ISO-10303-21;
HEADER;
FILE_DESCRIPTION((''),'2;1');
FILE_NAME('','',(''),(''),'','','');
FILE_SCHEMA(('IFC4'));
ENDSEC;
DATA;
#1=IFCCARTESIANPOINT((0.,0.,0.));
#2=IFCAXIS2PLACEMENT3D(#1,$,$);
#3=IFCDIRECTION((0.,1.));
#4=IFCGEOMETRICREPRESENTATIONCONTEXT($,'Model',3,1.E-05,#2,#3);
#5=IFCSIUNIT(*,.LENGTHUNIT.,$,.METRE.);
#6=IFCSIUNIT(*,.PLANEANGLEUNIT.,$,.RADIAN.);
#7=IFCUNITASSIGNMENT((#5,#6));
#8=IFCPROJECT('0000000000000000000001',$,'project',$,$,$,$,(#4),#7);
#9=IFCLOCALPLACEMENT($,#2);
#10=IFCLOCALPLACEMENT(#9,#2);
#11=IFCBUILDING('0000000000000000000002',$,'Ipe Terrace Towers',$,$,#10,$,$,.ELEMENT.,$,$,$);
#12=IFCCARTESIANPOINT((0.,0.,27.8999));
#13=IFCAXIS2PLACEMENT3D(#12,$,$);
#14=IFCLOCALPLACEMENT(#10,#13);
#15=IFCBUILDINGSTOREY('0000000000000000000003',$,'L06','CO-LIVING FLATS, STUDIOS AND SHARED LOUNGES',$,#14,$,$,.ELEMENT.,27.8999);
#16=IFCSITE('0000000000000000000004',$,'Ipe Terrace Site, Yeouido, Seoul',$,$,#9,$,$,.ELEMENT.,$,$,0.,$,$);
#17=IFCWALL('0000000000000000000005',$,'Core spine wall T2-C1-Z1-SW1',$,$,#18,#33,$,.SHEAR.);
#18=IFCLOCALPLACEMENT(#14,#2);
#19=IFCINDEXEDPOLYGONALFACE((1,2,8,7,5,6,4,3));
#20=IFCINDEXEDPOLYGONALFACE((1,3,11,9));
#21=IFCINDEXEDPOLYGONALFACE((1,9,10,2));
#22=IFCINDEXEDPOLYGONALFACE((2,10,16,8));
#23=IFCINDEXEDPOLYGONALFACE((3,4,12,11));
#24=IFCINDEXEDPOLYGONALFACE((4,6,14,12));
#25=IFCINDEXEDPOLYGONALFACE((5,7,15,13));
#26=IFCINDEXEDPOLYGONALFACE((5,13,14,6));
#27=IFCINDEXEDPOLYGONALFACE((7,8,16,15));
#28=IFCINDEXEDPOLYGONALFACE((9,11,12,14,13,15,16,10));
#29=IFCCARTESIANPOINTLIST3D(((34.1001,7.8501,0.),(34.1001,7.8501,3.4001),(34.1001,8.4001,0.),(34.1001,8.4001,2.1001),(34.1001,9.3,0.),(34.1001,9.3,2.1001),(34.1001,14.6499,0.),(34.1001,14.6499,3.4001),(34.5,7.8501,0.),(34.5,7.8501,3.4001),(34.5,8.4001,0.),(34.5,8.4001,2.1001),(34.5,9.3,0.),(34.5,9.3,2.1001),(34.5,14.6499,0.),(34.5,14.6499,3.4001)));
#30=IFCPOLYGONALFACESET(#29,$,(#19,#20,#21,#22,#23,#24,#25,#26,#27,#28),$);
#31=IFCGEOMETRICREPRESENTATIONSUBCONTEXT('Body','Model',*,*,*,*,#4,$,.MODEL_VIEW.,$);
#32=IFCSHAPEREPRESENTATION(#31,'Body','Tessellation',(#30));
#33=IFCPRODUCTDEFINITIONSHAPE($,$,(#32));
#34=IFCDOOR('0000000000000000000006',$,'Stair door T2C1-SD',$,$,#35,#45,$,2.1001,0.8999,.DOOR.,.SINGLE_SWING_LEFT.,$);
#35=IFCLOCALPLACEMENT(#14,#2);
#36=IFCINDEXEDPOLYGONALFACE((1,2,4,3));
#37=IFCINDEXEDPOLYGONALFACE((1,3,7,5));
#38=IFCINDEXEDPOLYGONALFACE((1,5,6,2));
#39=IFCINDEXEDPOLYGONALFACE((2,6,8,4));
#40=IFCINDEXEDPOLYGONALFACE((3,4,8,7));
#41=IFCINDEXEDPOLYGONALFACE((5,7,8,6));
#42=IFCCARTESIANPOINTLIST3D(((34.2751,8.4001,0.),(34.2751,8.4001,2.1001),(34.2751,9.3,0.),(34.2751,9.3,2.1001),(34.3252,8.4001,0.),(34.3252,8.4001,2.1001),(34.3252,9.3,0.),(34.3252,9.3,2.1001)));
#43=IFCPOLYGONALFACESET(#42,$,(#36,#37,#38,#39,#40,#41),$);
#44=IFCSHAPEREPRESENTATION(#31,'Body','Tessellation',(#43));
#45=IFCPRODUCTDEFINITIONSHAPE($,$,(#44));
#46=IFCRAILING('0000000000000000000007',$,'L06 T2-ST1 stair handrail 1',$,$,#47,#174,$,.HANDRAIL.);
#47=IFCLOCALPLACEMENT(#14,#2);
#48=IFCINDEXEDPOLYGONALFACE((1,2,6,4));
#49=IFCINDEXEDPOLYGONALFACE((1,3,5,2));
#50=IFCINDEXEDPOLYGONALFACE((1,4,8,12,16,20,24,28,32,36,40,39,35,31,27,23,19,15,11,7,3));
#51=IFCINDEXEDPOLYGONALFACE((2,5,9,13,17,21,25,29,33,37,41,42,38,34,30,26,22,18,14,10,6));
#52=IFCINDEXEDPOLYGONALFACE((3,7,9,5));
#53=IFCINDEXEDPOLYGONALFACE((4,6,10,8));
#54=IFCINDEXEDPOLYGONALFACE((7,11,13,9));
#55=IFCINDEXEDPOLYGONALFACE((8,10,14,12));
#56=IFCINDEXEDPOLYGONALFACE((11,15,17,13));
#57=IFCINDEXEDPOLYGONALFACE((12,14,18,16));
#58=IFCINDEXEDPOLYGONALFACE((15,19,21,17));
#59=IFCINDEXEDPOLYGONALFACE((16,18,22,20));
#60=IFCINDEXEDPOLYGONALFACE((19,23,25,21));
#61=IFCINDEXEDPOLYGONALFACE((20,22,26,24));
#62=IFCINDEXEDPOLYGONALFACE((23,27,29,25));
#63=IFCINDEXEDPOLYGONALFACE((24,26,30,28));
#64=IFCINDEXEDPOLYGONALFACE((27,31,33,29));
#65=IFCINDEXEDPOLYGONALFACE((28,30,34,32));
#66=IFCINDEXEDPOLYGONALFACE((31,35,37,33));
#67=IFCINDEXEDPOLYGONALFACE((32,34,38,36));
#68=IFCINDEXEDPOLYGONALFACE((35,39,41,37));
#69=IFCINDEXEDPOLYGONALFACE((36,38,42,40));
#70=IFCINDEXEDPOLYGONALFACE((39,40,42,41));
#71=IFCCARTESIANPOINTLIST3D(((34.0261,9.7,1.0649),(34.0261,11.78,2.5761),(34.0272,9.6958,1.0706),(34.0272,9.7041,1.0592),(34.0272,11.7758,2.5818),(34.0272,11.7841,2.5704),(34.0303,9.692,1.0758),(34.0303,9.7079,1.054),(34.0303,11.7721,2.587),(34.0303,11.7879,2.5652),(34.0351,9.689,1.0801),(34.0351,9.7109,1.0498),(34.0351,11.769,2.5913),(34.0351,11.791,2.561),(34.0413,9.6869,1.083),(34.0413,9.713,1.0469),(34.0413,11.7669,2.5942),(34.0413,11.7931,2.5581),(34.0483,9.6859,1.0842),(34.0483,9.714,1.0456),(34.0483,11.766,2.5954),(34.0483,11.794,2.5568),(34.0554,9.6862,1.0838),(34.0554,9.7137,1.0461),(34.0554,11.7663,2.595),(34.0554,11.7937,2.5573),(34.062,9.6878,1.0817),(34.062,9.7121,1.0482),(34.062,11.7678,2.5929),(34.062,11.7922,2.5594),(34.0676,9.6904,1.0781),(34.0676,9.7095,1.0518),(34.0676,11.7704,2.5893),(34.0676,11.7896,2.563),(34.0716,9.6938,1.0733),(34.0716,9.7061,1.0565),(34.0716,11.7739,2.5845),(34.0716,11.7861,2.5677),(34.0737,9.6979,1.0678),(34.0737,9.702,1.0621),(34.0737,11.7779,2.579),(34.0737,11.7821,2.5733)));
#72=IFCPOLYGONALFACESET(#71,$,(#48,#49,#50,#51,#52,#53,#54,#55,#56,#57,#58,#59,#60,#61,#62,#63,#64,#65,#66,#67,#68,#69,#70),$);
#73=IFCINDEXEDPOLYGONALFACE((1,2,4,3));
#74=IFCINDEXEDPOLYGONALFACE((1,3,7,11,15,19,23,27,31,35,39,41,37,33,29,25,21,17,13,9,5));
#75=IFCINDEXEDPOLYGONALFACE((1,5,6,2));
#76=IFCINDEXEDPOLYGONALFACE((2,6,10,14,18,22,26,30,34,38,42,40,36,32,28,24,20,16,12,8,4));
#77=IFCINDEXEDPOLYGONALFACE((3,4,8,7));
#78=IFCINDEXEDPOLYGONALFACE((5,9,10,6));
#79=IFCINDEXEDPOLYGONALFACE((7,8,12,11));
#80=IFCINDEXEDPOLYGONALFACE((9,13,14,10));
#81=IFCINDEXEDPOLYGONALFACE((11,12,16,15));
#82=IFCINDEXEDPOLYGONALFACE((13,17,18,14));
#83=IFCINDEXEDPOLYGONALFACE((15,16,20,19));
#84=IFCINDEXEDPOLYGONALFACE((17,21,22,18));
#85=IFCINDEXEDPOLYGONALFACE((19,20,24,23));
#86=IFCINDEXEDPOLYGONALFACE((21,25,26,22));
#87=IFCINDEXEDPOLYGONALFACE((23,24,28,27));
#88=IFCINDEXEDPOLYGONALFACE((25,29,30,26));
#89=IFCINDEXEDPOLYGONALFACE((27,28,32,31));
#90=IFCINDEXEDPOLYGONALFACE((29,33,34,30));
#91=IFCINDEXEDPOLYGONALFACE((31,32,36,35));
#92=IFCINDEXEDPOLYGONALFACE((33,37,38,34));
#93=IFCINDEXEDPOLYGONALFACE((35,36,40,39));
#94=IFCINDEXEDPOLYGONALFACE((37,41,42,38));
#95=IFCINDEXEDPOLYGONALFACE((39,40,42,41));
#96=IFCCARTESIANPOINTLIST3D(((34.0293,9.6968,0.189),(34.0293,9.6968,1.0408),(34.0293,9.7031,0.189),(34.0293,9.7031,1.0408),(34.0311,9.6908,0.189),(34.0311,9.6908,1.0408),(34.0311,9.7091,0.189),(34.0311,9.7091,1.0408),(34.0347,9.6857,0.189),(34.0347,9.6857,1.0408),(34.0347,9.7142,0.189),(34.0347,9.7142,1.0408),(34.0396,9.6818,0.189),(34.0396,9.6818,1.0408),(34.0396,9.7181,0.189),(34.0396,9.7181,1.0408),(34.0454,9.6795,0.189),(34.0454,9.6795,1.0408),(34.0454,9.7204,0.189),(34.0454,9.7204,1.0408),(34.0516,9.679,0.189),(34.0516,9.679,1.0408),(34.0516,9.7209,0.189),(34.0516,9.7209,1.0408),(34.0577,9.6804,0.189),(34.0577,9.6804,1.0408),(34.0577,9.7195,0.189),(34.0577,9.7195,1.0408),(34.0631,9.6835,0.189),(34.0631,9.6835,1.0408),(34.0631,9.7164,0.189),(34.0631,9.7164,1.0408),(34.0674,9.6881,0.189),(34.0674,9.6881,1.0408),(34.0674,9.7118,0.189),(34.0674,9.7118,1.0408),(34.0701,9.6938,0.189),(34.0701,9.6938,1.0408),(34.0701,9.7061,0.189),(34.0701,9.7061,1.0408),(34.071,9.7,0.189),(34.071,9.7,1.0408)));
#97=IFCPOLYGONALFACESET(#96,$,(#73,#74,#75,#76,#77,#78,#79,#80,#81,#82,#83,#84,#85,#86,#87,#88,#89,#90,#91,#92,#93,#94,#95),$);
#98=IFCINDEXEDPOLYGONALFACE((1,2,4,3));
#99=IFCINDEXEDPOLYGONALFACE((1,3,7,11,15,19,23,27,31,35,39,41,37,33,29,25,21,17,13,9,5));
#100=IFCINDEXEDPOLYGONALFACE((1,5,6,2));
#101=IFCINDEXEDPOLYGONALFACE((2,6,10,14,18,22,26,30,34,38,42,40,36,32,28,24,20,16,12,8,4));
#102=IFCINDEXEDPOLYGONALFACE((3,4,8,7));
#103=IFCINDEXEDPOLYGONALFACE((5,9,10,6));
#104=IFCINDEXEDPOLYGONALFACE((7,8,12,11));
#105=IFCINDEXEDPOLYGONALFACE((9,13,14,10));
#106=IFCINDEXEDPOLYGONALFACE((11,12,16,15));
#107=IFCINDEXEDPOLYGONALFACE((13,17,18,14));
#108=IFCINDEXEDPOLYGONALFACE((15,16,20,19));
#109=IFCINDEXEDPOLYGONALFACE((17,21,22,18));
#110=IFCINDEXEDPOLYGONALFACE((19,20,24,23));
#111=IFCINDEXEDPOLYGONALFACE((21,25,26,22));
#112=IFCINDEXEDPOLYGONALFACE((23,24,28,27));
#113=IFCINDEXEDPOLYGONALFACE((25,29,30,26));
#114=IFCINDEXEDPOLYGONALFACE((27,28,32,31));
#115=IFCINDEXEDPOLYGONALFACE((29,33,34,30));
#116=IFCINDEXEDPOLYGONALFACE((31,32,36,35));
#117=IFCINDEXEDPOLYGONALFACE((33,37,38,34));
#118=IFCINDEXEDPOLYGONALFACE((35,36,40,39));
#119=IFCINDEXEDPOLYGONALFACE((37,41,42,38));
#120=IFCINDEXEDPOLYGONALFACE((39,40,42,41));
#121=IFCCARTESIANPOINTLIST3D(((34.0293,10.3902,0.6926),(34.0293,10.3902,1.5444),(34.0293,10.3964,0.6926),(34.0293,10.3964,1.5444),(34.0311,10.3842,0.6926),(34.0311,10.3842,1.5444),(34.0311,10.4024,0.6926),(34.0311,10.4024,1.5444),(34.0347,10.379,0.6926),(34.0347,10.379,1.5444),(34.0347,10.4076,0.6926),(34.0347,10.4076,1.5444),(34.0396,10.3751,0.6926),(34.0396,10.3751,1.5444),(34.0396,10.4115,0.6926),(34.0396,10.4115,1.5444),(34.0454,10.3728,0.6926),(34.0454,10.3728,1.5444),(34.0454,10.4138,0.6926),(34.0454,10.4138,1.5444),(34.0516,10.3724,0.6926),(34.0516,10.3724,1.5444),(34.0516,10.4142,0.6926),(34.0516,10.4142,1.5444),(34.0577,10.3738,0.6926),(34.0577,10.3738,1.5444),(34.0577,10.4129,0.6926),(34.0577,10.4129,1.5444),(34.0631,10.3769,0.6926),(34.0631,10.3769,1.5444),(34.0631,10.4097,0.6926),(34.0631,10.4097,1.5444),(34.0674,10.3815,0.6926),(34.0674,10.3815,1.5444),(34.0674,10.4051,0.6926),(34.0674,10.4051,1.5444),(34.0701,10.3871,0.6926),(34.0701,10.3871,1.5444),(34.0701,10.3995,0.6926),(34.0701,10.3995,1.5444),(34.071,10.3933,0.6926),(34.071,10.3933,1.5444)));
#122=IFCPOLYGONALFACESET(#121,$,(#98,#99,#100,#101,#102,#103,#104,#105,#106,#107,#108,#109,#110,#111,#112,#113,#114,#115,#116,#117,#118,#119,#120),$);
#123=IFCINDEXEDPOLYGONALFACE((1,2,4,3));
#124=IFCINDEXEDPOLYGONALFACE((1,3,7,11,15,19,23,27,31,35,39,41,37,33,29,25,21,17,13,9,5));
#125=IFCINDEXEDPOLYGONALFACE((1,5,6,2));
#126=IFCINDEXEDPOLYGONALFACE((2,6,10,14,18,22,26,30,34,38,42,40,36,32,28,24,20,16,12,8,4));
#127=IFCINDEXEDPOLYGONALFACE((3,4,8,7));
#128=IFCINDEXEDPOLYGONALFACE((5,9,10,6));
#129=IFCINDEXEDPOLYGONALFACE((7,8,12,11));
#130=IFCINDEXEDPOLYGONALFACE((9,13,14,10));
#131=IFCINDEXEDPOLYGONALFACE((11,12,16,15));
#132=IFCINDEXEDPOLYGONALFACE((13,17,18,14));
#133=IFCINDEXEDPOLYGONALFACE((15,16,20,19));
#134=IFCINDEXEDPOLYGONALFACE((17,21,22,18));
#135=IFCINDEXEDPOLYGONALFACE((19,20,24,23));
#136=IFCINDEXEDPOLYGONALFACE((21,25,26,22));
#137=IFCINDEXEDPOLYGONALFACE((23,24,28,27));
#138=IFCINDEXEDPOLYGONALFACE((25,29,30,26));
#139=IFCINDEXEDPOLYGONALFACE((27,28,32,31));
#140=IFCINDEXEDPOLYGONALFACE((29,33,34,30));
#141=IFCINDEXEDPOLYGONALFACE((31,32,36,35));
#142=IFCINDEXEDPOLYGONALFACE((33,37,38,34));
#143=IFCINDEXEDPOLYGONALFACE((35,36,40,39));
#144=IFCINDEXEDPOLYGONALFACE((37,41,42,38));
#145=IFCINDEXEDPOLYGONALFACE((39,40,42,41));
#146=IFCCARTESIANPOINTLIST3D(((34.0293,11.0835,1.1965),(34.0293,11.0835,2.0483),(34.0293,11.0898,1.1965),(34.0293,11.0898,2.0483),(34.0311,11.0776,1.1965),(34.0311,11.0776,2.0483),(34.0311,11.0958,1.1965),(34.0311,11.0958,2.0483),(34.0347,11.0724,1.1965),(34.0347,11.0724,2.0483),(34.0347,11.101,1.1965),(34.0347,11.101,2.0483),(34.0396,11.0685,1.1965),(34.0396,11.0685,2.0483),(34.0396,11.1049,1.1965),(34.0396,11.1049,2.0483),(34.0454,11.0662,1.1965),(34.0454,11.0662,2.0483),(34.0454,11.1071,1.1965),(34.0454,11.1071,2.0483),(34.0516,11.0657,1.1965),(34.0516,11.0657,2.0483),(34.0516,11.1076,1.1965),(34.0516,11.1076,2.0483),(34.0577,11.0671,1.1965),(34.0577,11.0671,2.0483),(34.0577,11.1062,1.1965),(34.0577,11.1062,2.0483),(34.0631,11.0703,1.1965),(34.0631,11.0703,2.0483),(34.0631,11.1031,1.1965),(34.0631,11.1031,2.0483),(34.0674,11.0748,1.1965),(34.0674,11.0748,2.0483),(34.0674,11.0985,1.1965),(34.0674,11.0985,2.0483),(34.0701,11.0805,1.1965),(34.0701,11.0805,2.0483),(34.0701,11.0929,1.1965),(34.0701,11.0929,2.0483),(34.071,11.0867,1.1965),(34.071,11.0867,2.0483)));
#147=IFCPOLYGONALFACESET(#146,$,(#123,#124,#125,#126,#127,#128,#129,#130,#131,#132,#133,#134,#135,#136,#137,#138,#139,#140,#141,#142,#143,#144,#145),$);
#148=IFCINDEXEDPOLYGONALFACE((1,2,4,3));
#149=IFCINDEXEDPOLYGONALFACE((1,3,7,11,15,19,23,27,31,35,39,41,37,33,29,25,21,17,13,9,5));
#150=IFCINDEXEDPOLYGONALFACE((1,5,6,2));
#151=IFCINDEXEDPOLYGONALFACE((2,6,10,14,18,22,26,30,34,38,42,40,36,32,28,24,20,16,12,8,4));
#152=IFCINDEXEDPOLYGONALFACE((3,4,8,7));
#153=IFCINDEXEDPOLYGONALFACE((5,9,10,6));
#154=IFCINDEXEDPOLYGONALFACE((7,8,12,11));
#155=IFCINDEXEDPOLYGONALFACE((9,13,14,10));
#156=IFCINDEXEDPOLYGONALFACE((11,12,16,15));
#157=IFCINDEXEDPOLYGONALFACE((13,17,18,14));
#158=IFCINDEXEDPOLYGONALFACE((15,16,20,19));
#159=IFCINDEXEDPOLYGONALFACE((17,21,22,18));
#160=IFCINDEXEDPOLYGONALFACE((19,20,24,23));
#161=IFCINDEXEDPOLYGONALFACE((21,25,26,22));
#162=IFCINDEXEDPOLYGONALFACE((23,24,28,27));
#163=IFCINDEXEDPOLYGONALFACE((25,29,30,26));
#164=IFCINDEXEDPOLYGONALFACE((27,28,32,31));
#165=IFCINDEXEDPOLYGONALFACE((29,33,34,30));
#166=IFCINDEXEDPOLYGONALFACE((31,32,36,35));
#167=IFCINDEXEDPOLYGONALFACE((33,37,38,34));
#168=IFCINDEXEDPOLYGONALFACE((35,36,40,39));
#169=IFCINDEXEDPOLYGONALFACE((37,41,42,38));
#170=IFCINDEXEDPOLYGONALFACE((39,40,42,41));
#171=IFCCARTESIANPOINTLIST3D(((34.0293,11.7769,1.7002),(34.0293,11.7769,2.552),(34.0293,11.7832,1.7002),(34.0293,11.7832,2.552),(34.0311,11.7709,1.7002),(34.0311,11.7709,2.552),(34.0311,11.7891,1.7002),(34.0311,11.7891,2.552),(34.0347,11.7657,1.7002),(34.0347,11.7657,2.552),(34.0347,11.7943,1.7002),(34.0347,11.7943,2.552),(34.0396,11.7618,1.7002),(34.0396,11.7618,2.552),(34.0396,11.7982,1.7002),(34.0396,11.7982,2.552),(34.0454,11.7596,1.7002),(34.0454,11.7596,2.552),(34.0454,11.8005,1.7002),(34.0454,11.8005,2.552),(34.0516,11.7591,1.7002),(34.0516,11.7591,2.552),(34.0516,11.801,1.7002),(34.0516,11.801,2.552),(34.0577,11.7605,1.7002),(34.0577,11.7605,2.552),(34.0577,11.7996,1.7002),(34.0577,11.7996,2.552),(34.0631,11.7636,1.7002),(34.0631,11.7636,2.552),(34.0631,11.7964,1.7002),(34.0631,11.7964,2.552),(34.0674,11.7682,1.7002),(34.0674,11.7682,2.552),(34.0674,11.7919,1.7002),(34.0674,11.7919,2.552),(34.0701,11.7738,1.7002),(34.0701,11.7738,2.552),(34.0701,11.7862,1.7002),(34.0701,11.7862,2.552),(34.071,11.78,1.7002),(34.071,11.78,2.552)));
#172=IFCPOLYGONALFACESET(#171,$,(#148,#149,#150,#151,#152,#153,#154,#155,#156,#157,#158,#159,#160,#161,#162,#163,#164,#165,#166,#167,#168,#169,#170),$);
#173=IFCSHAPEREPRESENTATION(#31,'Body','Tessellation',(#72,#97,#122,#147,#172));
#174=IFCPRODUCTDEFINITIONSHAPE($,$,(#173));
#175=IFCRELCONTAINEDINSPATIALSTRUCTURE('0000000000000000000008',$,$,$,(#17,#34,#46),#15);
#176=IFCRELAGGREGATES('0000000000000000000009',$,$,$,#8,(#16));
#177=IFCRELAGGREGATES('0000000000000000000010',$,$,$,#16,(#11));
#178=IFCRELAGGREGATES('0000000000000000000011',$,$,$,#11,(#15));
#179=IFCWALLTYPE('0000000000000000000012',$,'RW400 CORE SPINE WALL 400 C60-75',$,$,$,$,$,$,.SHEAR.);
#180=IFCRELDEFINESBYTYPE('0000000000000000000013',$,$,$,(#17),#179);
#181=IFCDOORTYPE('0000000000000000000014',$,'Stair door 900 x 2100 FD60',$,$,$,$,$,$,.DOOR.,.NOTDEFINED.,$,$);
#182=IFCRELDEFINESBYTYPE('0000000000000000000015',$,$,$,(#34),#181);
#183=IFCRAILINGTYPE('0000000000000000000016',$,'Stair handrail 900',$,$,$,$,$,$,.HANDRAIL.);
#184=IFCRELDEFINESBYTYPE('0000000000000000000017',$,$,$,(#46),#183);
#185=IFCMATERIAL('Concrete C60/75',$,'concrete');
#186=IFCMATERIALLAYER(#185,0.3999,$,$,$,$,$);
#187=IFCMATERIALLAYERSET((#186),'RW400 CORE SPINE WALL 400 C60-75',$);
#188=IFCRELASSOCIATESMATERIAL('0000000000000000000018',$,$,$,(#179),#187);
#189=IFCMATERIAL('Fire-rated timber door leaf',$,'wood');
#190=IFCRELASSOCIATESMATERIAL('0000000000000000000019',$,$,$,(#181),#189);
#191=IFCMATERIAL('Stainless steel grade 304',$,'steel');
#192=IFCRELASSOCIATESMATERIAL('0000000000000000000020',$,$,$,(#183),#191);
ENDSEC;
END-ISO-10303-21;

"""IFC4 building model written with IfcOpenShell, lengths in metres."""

from ifc_helpers import new_model, si_unit, direction, frame, frame_2d, origin, origin_2d, place, context, subcontext, project, spatial, rectangle, circle, extrude, material, layer, layer_set, type_object, element, fill, save


model = new_model("IFC4")

# Units and contexts
model_context = context("Model", 3, precision=1e-05, world=origin(), true_north=direction((0.0, 1.0)))
body_context = subcontext(model_context, "Body", "Model", "MODEL_VIEW")
ifc_project = project(units=[si_unit("LENGTHUNIT", "METRE"), si_unit("PLANEANGLEUNIT", "RADIAN")], contexts=[model_context])

# Site, building, storey
site_placement = place(None, origin())
site = spatial("IfcSite", under=ifc_project, at=site_placement, Name="Ipe Terrace Site, Yeouido, Seoul", CompositionType="ELEMENT", RefElevation=0.0)
building_placement = place(site_placement, origin())
building = spatial("IfcBuilding", under=site, at=building_placement, Name="Ipe Terrace Towers", CompositionType="ELEMENT")
storey_placement = place(building_placement, frame((0.0, 0.0, 27.8999)))
storey = spatial("IfcBuildingStorey", under=building, at=storey_placement, Name="L06", Description="CO-LIVING FLATS, STUDIOS AND SHARED LOUNGES", CompositionType="ELEMENT", Elevation=27.8999)

# Wall, opening, door
ifc_material_1 = material(Name="Concrete C60/75", Category="concrete")
ifc_layer_1 = layer(ifc_material_1, 0.3999)
ifc_layer_set_1 = layer_set([ifc_layer_1], Name="RW400 CORE SPINE WALL 400 C60-75")
wall_type_1 = type_object("IfcWallType", Name="RW400 CORE SPINE WALL 400 C60-75", PredefinedType="SHEAR", material=ifc_layer_set_1)
wall_1_placement = place(storey_placement, frame((34.3, 7.8501, 0.0), z_axis=(0.0, 0.0, 1.0), x_axis=(0.0, 1.0, 0.0)))
wall_1 = element("IfcWall", 1, at=wall_1_placement, inside=storey, type_object=wall_type_1, Name="Core spine wall T2-C1-Z1-SW1", PredefinedType="SHEAR", context=body_context, shape_type="SweptSolid", body=[
    extrude(rectangle(XDim=6.7998, YDim=0.3999, at=frame_2d((3.3999, 0.0))), origin(), (0.0, 0.0, 1.0), 3.4001),
])
opening_1_placement = place(wall_1_placement, frame((0.55, 0.0, 0.0)))
opening_1 = element("IfcOpeningElement", 2, at=opening_1_placement, cuts=wall_1, PredefinedType="OPENING", context=body_context, shape_type="SweptSolid", body=[
    extrude(rectangle(XDim=0.8999, YDim=2.1001, at=frame_2d((0.45, 1.05))), frame((0.0, 0.21, 0.0), z_axis=(0.0, -1.0, 0.0), x_axis=(1.0, 0.0, 0.0)), (0.0, 0.0, 1.0), 0.4199),
])
ifc_material_2 = material(Name="Fire-rated timber door leaf", Category="wood")
door_type_1 = type_object("IfcDoorType", Name="Stair door 900 x 2100 FD60", OperationType="NOTDEFINED", PredefinedType="DOOR", material=ifc_material_2)
door_1_placement = place(opening_1_placement, origin())
door_1 = element("IfcDoor", 3, at=door_1_placement, inside=storey, type_object=door_type_1, Name="Stair door T2C1-SD", OperationType="SINGLE_SWING_LEFT", OverallHeight=2.1001, OverallWidth=0.8999, PredefinedType="DOOR", context=body_context, shape_type="SweptSolid", body=[
    extrude(rectangle(XDim=0.8999, YDim=2.1001, at=frame_2d((0.45, 1.05))), frame((0.0, 0.0249, 0.0), z_axis=(0.0, -1.0, 0.0), x_axis=(1.0, 0.0, 0.0)), (0.0, 0.0, 1.0), 0.05),
])
fill(opening_1, door_1)

# Railing
ifc_material_3 = material(Name="Stainless steel grade 304", Category="steel")
railing_type_1 = type_object("IfcRailingType", Name="Stair handrail 900", PredefinedType="HANDRAIL", material=ifc_material_3)
railing_1_placement = place(storey_placement, frame((34.05, 9.7, 0.189)))
element("IfcRailing", 4, at=railing_1_placement, inside=storey, type_object=railing_type_1, Name="L06 T2-ST1 stair handrail 1", PredefinedType="HANDRAIL", context=body_context, shape_type="SweptSolid", body=[
    extrude(circle(Radius=0.0239, at=origin_2d()), frame((0.0, 0.0, 0.876), z_axis=(0.0, 0.809023, 0.587776), x_axis=(-1.0, 0.0, 0.0)), (0.0, 0.0, 1.0), 2.571),
    extrude(circle(Radius=0.021, at=origin_2d()), origin(), (0.0, 0.0, 1.0), 0.8518),
    extrude(circle(Radius=0.021, at=origin_2d()), frame((0.0, 0.6934, 0.5037)), (0.0, 0.0, 1.0), 0.8518),
    extrude(circle(Radius=0.021, at=origin_2d()), frame((0.0, 1.3867, 1.0076)), (0.0, 0.0, 1.0), 0.8518),
    extrude(circle(Radius=0.021, at=origin_2d()), frame((0.0, 2.0801, 1.5112)), (0.0, 0.0, 1.0), 0.8518),
])

save(model, "model.ifc")
